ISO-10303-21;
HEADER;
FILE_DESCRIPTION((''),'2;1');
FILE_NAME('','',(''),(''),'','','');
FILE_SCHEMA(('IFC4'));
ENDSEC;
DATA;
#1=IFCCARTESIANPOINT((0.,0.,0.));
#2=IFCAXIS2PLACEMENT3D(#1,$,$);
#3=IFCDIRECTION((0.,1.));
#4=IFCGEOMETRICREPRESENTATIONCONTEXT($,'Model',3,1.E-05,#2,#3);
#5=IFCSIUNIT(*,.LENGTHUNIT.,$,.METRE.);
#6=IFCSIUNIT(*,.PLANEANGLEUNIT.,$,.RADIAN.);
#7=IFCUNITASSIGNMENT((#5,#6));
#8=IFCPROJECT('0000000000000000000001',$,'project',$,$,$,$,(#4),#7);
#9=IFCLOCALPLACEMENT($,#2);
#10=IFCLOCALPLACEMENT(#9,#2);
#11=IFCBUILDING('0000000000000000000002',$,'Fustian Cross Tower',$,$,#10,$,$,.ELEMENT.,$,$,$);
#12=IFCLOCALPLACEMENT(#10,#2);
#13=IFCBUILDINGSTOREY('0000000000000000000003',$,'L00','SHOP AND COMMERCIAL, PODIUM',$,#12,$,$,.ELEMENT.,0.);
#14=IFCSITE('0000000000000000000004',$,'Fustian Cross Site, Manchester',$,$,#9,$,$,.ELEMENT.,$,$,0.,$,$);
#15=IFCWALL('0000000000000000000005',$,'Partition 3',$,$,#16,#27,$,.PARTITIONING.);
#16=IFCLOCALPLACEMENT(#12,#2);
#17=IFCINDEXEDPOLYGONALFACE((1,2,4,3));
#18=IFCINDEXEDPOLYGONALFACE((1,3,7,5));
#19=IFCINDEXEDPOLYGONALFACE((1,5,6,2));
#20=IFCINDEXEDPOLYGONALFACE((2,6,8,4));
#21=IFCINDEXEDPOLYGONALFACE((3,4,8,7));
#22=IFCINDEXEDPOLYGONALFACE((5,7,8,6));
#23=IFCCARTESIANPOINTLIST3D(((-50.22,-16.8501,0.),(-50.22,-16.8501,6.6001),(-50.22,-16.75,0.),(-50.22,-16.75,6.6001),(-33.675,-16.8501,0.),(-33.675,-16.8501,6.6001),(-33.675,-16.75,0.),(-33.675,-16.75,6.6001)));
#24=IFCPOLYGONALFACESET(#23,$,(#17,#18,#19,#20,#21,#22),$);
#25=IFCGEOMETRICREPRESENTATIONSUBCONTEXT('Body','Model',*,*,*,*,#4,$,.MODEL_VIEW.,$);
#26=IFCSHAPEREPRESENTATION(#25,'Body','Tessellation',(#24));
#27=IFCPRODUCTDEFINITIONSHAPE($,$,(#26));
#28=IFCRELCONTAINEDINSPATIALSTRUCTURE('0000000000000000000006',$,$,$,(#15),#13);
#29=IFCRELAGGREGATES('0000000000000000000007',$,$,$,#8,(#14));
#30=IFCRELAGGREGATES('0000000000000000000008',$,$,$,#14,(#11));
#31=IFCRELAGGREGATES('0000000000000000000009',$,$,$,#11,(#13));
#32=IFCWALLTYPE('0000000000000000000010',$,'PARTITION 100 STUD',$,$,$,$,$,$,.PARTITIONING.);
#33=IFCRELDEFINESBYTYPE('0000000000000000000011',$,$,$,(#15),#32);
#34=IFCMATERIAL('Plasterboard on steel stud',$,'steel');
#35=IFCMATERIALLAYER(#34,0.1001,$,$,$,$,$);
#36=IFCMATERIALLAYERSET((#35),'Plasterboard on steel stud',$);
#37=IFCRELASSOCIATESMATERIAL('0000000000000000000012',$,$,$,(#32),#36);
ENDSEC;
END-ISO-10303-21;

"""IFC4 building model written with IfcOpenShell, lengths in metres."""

from ifc_helpers import new_model, si_unit, direction, frame, frame_2d, origin, place, context, subcontext, project, spatial, rectangle, extrude, material, layer, layer_set, type_object, element, save


model = new_model("IFC4")

# Units and contexts
model_context = context("Model", 3, precision=1e-05, world=origin(), true_north=direction((0.0, 1.0)))
body_context = subcontext(model_context, "Body", "Model", "MODEL_VIEW")
ifc_project = project(units=[si_unit("LENGTHUNIT", "METRE"), si_unit("PLANEANGLEUNIT", "RADIAN")], contexts=[model_context])

# Site, building, storey
site_placement = place(None, origin())
site = spatial("IfcSite", under=ifc_project, at=site_placement, Name="Fustian Cross Site, Manchester", CompositionType="ELEMENT", RefElevation=0.0)
building_placement = place(site_placement, origin())
building = spatial("IfcBuilding", under=site, at=building_placement, Name="Fustian Cross Tower", CompositionType="ELEMENT")
storey_placement = place(building_placement, origin())
storey = spatial("IfcBuildingStorey", under=building, at=storey_placement, Name="L00", Description="SHOP AND COMMERCIAL, PODIUM", CompositionType="ELEMENT", Elevation=0.0)

# Wall
ifc_material_1 = material(Name="Plasterboard on steel stud", Category="steel")
ifc_layer_1 = layer(ifc_material_1, 0.1001)
ifc_layer_set_1 = layer_set([ifc_layer_1], Name="Plasterboard on steel stud")
wall_type_1 = type_object("IfcWallType", Name="PARTITION 100 STUD", PredefinedType="PARTITIONING", material=ifc_layer_set_1)
wall_1_placement = place(storey_placement, frame((-50.22, -16.8, 0.0), z_axis=(0.0, 0.0, 1.0), x_axis=(1.0, 0.0, 0.0)))
element("IfcWall", 1, at=wall_1_placement, inside=storey, type_object=wall_type_1, Name="Partition 3", PredefinedType="PARTITIONING", context=body_context, shape_type="SweptSolid", body=[
    extrude(rectangle(XDim=16.5449, YDim=0.1001, at=frame_2d((8.2725, 0.0))), origin(), (0.0, 0.0, 1.0), 6.6001),
])

save(model, "model.ifc")
